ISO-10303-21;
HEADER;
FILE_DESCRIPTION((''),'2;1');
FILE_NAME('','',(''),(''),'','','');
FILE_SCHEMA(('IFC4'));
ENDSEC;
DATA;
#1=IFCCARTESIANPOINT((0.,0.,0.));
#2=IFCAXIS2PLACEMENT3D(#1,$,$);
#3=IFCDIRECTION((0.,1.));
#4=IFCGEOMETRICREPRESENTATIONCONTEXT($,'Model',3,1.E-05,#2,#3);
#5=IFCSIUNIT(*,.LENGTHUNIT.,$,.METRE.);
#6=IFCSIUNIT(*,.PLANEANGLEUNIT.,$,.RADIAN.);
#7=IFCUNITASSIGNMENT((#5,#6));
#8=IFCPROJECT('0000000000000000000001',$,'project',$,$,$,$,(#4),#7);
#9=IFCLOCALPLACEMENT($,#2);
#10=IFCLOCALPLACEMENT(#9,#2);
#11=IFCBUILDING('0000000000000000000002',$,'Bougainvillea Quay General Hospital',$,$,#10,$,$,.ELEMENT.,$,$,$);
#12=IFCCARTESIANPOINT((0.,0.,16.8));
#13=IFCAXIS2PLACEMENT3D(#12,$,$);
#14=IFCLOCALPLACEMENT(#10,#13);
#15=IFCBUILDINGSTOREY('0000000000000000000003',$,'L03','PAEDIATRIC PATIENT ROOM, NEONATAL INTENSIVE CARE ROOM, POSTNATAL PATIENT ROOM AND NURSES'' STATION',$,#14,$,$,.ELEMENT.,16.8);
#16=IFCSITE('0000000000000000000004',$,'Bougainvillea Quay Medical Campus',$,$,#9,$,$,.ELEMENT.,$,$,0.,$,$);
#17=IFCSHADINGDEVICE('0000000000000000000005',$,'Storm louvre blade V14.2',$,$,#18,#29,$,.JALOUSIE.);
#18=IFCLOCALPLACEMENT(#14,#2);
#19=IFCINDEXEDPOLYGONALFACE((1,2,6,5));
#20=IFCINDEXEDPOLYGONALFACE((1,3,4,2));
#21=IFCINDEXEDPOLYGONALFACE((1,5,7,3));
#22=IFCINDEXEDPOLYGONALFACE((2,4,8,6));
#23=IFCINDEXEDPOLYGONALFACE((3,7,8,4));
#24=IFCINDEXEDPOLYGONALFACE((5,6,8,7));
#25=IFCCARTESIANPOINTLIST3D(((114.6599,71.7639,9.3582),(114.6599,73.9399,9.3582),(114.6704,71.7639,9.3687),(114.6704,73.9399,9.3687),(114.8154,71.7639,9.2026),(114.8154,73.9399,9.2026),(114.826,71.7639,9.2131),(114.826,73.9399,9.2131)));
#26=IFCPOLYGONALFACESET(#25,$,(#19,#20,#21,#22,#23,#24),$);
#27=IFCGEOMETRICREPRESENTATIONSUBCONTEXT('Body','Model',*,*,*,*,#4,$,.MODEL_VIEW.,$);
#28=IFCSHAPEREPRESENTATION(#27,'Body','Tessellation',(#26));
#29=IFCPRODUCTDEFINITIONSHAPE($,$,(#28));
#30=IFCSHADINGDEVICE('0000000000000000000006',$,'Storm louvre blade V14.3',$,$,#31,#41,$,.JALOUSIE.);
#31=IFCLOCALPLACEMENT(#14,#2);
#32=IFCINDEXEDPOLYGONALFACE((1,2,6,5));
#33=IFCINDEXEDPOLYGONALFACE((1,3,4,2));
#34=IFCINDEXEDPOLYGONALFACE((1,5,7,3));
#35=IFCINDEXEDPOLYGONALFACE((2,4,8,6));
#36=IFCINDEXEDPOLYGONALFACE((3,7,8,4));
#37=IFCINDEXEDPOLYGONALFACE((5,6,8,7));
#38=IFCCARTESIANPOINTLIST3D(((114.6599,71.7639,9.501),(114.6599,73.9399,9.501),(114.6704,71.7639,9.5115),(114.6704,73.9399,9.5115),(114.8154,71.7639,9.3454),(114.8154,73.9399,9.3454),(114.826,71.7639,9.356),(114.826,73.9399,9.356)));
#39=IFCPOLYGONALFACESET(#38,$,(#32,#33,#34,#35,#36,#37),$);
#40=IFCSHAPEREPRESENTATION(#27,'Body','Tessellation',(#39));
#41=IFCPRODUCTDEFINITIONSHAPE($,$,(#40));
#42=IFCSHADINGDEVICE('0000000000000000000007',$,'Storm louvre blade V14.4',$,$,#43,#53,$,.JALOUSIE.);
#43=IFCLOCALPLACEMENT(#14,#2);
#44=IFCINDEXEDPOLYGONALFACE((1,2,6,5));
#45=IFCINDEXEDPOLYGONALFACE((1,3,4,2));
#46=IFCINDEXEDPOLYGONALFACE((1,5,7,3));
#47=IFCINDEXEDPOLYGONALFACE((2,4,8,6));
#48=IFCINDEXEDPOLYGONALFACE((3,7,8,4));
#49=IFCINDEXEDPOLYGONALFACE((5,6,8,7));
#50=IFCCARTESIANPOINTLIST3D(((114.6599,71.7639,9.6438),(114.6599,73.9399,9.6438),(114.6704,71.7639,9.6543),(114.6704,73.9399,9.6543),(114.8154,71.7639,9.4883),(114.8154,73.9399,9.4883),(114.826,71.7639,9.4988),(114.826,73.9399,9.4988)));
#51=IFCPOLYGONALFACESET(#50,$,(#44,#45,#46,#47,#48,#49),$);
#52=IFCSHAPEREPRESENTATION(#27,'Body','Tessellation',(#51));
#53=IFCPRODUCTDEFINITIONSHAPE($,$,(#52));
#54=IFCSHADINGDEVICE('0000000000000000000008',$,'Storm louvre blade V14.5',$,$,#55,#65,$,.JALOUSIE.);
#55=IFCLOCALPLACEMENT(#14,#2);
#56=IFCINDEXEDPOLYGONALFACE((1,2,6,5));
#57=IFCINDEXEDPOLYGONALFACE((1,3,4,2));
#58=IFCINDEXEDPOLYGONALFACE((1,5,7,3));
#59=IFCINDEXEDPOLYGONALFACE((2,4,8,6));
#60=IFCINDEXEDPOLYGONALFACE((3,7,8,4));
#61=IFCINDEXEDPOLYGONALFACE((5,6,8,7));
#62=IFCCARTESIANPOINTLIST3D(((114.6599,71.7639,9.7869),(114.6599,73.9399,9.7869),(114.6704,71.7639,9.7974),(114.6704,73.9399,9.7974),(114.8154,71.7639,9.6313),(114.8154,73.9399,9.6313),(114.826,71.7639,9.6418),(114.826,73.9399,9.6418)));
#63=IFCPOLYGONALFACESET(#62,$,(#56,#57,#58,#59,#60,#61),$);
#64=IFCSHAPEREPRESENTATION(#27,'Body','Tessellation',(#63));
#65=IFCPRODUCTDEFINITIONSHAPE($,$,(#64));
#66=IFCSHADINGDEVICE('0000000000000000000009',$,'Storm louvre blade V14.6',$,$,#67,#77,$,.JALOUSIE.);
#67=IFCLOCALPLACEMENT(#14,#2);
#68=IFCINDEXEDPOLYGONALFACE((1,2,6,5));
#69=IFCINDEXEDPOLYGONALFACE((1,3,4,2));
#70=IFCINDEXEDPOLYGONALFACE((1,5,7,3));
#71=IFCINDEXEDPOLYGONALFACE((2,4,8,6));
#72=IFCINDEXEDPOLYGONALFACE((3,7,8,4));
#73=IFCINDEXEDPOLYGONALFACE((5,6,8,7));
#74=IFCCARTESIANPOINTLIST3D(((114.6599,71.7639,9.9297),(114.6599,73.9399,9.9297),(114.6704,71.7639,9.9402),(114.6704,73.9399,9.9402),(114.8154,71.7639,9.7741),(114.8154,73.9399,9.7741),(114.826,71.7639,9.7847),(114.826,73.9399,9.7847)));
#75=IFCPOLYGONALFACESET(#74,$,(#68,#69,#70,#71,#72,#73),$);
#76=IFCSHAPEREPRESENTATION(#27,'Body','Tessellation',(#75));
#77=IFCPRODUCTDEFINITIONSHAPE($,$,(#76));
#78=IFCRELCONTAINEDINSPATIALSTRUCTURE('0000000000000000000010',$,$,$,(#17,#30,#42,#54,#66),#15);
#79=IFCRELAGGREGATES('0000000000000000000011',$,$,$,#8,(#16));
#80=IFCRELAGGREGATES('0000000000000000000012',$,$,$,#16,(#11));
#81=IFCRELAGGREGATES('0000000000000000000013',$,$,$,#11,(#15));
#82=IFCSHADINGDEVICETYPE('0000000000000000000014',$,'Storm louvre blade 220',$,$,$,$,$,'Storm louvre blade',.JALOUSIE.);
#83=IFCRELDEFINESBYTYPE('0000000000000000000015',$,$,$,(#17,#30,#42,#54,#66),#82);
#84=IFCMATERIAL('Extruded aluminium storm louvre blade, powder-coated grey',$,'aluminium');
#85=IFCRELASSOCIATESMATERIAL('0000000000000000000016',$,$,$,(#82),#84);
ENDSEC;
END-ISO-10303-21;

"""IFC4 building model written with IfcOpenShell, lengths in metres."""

from ifc_helpers import new_model, si_unit, direction, frame, origin, origin_2d, place, context, subcontext, project, spatial, rectangle, extrude, material, material_profile, profile_set, type_object, element, save


model = new_model("IFC4")

# Units and contexts
model_context = context("Model", 3, precision=1e-05, world=origin(), true_north=direction((0.0, 1.0)))
body_context = subcontext(model_context, "Body", "Model", "MODEL_VIEW")
ifc_project = project(units=[si_unit("LENGTHUNIT", "METRE"), si_unit("PLANEANGLEUNIT", "RADIAN")], contexts=[model_context])

# Site, building, storey
site_placement = place(None, origin())
site = spatial("IfcSite", under=ifc_project, at=site_placement, Name="Bougainvillea Quay Medical Campus", CompositionType="ELEMENT", RefElevation=0.0)
building_placement = place(site_placement, origin())
building = spatial("IfcBuilding", under=site, at=building_placement, Name="Bougainvillea Quay General Hospital", CompositionType="ELEMENT")
storey_placement = place(building_placement, frame((0.0, 0.0, 16.8)))
storey = spatial("IfcBuildingStorey", under=building, at=storey_placement, Name="L03", Description="PAEDIATRIC PATIENT ROOM, NEONATAL INTENSIVE CARE ROOM, POSTNATAL PATIENT ROOM AND NURSES' STATION", CompositionType="ELEMENT", Elevation=16.8)

# Shading devices
ifc_material_1 = material(Name="Extruded aluminium storm louvre blade, powder-coated grey", Category="aluminium")
ifc_material_profile_1 = material_profile(ifc_material_1, rectangle(XDim=0.22, YDim=0.0149, at=origin_2d()))
ifc_profile_set_1 = profile_set([ifc_material_profile_1], Name="Extruded aluminium storm louvre blade, powder-coated grey")
shading_device_type_1 = type_object("IfcShadingDeviceType", Name="Storm louvre blade 220", ElementType="Storm louvre blade", PredefinedType="JALOUSIE", material=ifc_profile_set_1)
for number, where, z_axis, x_axis, name in (
    (1, (114.7429, 71.7639, 9.2856), (0.0, 1.0, 0.0), (-0.707107, 0.0, 0.707107), "Storm louvre blade V14.2"),
    (2, (114.7429, 71.7639, 9.4285), (0.0, 1.0, 0.0), (-0.707107, 0.0, 0.707107), "Storm louvre blade V14.3"),
    (3, (114.7429, 71.7639, 9.5713), (0.0, 1.0, 0.0), (-0.707107, 0.0, 0.707107), "Storm louvre blade V14.4"),
    (4, (114.7429, 71.7639, 9.7144), (0.0, 1.0, 0.0), (-0.707107, 0.0, 0.707107), "Storm louvre blade V14.5"),
    (5, (114.7429, 71.7639, 9.8572), (0.0, 1.0, 0.0), (-0.707107, 0.0, 0.707107), "Storm louvre blade V14.6"),
):
    element("IfcShadingDevice", number, at=place(storey_placement, frame(where, z_axis=z_axis, x_axis=x_axis)), inside=storey, type_object=shading_device_type_1, Name=name, PredefinedType="JALOUSIE", context=body_context, shape_type="SweptSolid", body=[
        extrude(rectangle(XDim=0.22, YDim=0.0149, at=origin_2d()), origin(), (0.0, 0.0, 1.0), 2.176),
    ])

save(model, "model.ifc")
